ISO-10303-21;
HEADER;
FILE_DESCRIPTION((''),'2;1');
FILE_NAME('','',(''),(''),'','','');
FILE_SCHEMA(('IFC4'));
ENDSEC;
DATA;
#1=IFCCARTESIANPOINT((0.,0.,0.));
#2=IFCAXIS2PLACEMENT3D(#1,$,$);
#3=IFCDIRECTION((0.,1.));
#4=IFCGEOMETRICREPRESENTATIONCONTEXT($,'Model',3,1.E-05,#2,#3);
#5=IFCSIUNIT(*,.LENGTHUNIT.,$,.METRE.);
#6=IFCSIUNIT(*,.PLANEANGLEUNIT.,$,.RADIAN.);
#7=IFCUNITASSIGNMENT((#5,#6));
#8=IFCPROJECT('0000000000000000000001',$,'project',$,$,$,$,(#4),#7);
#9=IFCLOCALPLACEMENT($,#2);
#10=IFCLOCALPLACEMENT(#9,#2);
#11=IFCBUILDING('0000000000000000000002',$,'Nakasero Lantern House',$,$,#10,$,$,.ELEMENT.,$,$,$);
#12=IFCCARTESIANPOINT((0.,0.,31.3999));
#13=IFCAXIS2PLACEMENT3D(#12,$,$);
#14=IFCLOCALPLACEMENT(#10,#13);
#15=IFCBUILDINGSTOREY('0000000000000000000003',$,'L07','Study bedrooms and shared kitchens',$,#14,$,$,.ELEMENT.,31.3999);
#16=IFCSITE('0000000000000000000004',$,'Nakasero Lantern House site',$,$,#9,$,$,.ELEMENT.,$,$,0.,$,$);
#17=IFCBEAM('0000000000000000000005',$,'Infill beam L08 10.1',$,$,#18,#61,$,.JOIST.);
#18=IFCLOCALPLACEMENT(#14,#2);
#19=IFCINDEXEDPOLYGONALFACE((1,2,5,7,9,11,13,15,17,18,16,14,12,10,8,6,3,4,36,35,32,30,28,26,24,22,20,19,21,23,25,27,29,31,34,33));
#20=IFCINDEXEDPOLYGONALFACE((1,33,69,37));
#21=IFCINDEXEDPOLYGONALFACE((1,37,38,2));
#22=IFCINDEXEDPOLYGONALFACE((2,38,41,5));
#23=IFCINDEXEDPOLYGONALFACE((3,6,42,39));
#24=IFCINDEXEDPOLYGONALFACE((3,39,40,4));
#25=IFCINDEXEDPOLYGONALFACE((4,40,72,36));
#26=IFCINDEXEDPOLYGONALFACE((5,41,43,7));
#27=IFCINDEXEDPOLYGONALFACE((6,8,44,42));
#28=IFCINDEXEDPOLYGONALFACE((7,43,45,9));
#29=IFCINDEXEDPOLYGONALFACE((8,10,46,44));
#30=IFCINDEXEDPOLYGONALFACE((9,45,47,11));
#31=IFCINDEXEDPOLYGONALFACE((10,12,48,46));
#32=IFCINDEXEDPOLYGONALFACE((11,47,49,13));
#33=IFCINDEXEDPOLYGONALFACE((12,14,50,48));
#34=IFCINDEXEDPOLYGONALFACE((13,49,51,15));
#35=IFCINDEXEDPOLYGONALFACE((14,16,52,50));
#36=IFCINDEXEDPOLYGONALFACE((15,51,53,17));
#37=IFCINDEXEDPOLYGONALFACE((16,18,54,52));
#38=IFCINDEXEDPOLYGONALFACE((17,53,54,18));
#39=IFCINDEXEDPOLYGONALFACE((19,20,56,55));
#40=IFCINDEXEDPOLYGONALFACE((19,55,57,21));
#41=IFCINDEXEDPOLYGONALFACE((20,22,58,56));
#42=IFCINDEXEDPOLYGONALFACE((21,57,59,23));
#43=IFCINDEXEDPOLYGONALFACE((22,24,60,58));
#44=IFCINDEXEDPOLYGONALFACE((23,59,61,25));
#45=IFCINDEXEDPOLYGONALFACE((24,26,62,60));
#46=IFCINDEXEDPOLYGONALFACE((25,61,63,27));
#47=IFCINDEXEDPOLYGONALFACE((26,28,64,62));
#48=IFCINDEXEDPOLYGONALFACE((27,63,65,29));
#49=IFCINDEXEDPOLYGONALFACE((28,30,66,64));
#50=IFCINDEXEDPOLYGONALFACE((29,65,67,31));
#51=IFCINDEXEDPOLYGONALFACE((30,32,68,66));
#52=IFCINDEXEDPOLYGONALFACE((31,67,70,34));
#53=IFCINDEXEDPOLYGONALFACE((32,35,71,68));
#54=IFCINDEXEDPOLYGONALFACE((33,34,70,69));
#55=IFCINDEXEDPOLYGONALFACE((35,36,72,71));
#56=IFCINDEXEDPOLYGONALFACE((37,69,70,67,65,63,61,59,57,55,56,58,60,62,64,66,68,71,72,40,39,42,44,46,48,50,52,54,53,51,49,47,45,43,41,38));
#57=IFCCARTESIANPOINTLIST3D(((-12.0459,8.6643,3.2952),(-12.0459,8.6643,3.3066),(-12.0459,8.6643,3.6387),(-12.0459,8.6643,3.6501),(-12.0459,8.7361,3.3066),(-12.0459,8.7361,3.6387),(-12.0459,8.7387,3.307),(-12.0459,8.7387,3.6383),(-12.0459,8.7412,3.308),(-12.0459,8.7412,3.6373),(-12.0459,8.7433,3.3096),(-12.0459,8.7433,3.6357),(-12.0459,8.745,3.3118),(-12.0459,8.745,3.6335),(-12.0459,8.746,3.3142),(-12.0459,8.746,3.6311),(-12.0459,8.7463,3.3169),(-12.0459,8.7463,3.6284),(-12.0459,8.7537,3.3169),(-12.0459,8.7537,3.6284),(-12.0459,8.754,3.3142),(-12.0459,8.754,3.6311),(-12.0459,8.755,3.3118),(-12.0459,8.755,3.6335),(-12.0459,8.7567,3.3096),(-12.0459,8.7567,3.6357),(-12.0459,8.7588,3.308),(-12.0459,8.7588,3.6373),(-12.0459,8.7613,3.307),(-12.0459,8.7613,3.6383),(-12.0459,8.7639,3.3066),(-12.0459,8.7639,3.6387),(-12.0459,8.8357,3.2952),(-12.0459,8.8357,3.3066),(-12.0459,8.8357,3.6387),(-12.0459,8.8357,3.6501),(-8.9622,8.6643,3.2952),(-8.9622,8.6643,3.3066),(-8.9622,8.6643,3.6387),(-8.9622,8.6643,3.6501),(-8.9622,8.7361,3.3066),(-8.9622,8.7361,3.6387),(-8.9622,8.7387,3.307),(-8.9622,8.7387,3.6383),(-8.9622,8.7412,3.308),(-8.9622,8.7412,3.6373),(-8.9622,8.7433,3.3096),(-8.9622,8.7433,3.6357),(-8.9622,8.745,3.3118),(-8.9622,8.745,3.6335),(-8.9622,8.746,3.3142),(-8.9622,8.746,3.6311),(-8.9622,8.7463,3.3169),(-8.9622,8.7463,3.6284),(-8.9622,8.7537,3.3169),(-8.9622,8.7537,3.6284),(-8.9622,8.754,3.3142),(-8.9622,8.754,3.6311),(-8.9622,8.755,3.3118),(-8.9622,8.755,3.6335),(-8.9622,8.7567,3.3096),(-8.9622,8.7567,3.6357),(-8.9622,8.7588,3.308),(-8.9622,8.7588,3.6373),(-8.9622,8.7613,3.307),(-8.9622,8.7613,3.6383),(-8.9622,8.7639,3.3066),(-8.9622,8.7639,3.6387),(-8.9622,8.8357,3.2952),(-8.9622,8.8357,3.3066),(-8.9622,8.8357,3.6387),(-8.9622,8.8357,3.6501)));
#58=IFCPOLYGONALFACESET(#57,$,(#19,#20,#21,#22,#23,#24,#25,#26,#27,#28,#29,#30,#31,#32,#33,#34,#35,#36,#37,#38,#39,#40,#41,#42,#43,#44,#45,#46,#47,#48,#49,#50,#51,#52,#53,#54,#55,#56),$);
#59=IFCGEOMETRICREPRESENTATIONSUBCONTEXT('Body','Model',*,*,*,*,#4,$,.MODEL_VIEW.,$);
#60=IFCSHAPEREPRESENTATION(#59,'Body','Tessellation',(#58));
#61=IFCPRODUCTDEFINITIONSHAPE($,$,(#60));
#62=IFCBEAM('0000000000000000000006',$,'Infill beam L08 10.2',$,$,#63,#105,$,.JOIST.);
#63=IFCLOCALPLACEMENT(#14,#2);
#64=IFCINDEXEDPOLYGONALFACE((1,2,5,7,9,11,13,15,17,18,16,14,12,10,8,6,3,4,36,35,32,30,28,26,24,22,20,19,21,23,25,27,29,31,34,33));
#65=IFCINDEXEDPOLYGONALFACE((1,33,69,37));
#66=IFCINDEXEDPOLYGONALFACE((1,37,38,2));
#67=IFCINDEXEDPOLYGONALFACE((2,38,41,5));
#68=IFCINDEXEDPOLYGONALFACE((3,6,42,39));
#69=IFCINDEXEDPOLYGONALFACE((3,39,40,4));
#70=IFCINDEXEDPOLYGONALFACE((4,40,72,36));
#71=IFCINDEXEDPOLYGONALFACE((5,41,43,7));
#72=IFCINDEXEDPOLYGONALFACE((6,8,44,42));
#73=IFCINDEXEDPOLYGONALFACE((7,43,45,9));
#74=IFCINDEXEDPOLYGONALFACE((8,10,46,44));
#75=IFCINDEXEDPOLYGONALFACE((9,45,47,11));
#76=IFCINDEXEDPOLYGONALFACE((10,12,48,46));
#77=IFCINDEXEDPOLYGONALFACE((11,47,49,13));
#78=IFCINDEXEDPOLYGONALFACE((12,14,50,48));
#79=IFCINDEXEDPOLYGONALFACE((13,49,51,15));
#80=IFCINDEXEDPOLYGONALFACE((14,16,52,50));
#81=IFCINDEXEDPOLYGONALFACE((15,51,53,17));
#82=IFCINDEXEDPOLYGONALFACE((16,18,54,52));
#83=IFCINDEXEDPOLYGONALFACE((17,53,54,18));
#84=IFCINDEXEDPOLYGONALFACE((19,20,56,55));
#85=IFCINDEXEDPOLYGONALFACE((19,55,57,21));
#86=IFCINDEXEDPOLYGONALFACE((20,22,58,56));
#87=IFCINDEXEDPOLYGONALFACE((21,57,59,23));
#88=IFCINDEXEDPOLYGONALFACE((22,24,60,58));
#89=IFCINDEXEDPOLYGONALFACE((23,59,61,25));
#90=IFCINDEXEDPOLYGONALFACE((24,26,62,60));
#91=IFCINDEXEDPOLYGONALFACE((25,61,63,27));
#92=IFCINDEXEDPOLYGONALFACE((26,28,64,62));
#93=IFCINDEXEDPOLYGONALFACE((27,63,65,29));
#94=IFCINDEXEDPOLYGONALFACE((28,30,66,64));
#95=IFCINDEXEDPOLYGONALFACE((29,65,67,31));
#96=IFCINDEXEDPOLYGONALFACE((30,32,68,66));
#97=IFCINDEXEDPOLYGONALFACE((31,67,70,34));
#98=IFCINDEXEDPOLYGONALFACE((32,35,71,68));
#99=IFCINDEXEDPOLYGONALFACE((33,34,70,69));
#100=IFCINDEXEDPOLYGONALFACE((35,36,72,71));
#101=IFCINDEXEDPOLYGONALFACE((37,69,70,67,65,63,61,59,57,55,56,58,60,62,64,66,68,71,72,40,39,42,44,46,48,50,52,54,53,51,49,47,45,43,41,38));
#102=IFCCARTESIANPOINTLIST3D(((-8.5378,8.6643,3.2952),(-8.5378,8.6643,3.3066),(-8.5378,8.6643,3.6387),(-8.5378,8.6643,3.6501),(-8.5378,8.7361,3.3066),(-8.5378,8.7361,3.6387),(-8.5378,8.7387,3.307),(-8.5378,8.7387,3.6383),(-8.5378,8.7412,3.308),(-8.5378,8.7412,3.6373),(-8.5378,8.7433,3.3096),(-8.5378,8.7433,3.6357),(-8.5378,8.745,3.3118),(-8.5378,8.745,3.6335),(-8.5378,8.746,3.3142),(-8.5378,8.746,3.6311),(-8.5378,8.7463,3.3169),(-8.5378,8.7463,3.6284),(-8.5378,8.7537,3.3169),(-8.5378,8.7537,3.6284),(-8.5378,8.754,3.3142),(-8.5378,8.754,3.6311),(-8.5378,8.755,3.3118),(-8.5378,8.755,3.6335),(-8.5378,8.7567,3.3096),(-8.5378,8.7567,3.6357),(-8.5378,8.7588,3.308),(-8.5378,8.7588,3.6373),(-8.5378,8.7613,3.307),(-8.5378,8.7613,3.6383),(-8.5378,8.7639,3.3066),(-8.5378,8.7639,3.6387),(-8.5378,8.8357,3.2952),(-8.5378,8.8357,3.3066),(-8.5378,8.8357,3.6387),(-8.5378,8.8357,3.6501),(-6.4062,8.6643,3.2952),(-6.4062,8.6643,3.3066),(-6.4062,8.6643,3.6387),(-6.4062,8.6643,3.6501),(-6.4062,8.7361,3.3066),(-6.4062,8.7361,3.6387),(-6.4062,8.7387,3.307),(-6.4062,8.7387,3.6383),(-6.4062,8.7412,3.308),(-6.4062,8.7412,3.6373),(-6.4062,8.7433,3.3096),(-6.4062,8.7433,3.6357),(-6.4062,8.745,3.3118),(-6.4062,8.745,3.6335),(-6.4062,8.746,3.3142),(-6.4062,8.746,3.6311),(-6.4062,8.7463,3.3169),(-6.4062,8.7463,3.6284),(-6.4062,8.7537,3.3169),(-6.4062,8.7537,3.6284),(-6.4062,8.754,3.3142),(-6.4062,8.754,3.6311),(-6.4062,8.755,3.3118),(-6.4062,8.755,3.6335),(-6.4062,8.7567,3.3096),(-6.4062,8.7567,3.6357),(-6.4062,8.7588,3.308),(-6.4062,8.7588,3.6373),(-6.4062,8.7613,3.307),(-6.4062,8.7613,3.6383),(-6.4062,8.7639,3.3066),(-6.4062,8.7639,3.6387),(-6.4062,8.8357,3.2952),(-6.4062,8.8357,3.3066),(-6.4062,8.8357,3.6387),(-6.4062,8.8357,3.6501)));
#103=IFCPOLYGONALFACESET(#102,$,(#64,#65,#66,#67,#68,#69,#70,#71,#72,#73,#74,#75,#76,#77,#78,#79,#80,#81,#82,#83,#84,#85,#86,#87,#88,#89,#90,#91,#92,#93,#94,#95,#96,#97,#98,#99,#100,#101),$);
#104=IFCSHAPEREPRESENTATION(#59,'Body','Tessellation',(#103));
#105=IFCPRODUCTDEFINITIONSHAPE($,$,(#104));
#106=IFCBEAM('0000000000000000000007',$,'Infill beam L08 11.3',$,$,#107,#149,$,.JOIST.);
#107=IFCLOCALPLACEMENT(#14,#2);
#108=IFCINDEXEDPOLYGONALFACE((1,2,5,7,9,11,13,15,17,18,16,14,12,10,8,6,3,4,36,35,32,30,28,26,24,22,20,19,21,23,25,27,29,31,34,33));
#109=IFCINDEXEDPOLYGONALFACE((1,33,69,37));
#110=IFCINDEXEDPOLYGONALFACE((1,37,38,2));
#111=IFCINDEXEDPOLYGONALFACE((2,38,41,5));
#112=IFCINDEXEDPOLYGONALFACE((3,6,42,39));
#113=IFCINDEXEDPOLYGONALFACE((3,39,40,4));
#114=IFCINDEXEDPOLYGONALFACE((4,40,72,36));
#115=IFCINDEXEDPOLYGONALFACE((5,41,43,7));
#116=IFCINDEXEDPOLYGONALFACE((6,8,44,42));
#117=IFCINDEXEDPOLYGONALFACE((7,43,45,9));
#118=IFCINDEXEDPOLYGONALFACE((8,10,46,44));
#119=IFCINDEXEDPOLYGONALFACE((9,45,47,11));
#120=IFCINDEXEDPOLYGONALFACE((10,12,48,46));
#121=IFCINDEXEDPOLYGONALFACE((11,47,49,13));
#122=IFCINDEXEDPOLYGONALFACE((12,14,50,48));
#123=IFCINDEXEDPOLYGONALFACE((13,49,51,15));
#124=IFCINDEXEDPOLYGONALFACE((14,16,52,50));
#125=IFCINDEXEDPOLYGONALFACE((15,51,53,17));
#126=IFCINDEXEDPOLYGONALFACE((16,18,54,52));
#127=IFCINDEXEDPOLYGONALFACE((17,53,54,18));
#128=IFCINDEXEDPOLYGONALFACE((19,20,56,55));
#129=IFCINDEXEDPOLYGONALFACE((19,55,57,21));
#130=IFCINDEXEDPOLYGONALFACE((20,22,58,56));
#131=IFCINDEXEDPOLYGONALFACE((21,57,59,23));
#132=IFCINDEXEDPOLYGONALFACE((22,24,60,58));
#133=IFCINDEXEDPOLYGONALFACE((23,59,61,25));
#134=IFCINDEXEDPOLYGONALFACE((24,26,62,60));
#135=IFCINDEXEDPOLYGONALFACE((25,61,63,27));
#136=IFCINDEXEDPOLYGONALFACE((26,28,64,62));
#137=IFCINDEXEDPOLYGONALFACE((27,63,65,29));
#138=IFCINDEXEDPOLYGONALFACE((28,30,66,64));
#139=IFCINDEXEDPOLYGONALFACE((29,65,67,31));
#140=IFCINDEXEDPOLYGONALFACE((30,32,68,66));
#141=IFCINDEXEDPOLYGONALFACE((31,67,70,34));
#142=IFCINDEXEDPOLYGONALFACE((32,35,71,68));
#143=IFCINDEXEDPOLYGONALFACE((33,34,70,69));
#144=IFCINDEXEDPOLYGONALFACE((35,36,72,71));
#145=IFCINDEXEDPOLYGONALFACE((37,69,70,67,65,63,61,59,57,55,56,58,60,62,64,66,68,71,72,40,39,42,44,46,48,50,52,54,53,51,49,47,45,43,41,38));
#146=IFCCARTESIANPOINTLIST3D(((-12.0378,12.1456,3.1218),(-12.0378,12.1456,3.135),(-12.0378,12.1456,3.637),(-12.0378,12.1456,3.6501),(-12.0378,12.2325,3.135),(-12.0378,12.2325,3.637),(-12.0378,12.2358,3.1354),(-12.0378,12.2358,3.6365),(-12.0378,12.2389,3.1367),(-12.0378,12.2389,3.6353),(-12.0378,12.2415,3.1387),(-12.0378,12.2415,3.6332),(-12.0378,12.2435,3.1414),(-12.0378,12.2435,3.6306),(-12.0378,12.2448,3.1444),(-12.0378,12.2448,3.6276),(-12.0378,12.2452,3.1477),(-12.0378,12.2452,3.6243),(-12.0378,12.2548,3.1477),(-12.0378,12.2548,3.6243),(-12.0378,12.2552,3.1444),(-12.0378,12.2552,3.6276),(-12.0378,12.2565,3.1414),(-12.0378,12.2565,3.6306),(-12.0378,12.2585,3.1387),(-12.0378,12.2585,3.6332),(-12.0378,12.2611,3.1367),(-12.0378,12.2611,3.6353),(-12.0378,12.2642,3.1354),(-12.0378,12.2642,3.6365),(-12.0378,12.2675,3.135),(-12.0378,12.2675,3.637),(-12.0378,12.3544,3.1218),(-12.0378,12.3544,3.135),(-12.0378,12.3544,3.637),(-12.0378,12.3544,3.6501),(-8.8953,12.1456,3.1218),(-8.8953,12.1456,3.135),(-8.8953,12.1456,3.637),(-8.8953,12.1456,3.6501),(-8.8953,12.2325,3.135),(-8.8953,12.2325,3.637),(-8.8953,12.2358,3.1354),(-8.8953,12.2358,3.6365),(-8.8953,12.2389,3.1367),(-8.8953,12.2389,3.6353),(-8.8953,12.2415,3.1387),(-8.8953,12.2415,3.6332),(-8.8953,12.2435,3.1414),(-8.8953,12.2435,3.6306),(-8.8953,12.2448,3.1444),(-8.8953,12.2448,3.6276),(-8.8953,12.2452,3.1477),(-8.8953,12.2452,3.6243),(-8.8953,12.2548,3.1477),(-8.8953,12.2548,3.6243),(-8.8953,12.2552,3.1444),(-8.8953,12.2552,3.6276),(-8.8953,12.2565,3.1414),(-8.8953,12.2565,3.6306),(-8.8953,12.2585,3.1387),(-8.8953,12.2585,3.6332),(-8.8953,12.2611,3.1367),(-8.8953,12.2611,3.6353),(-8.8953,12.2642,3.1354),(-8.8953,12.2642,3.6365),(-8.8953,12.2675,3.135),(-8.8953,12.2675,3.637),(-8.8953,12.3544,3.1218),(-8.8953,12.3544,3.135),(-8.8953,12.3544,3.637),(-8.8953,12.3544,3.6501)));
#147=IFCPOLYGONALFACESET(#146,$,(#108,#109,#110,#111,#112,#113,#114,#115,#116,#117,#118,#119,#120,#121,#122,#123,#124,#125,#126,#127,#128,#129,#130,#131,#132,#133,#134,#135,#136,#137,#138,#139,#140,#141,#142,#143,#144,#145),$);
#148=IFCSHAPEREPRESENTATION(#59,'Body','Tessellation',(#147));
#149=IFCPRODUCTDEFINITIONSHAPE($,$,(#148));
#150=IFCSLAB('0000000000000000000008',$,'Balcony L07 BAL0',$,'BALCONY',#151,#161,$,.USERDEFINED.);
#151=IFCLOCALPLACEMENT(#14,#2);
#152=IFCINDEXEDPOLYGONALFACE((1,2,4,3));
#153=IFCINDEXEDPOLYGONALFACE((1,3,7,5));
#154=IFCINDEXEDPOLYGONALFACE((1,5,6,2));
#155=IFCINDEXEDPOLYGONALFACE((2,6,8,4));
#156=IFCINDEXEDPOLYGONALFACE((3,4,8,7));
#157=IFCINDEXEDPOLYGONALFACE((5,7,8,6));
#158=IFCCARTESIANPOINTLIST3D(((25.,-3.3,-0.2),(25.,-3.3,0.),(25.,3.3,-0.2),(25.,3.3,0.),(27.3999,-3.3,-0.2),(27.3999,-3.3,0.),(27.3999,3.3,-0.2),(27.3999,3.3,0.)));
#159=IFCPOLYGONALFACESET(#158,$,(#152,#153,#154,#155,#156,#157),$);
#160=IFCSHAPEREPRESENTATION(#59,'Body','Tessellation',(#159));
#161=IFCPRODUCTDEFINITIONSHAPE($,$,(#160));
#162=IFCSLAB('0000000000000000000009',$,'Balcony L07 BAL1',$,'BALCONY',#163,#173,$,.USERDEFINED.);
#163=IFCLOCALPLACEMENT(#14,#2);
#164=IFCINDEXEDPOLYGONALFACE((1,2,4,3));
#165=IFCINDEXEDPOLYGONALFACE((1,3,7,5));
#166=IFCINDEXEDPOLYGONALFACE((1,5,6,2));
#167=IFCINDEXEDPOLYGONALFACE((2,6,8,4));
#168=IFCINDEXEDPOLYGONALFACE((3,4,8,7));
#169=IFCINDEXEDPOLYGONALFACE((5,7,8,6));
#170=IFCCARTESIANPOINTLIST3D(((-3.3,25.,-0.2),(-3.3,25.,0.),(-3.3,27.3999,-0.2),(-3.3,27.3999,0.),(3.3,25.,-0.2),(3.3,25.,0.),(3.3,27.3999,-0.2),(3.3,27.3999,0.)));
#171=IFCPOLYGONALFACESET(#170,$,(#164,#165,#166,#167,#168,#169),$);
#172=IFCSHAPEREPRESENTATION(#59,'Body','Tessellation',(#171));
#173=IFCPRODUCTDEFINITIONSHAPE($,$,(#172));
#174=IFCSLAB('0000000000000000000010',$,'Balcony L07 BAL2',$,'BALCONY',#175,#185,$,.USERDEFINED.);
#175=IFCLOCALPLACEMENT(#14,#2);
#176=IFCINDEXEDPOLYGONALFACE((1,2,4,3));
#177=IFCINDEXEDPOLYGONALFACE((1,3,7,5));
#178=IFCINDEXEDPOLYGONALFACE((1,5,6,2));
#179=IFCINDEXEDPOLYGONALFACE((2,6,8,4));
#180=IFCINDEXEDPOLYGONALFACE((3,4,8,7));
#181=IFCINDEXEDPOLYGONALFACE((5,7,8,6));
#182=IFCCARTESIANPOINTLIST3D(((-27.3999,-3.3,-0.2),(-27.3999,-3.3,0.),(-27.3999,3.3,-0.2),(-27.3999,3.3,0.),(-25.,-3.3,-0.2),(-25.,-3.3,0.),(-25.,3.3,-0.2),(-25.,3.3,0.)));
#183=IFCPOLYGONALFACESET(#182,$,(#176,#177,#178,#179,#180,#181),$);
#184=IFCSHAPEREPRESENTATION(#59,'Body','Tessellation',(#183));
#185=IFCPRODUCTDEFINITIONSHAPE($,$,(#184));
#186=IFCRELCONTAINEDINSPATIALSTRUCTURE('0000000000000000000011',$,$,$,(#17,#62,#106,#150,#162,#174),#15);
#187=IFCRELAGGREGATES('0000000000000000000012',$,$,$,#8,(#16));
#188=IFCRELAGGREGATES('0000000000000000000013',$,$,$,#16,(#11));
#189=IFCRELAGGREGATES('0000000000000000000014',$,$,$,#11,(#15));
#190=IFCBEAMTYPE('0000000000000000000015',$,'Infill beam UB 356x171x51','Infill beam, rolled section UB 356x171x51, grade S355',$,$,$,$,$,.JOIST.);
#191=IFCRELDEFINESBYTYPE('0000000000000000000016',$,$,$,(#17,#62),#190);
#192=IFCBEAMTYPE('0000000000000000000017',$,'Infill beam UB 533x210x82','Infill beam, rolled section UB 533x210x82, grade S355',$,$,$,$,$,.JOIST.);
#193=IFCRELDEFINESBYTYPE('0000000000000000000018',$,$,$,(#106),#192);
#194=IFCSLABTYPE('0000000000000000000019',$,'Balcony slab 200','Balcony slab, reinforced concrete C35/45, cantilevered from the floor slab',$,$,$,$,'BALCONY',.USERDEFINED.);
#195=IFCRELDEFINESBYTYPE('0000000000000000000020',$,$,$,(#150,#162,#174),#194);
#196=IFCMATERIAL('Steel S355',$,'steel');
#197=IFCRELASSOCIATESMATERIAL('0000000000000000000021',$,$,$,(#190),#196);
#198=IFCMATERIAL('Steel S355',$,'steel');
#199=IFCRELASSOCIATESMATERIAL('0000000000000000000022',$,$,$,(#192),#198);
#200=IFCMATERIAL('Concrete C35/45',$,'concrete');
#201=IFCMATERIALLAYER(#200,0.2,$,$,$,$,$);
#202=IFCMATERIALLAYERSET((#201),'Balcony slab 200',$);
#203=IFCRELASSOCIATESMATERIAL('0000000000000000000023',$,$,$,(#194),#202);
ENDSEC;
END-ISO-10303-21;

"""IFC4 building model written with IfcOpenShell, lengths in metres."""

from ifc_helpers import new_model, si_unit, direction, frame, origin, origin_2d, place, context, subcontext, project, spatial, polyline, i_section, outline, extrude, material, layer, layer_set, material_profile, profile_set, type_object, element, save


model = new_model("IFC4")

# Units and contexts
model_context = context("Model", 3, precision=1e-05, world=origin(), true_north=direction((0.0, 1.0)))
body_context = subcontext(model_context, "Body", "Model", "MODEL_VIEW")
ifc_project = project(units=[si_unit("LENGTHUNIT", "METRE"), si_unit("PLANEANGLEUNIT", "RADIAN")], contexts=[model_context])

# Site, building, storey
site_placement = place(None, origin())
site = spatial("IfcSite", under=ifc_project, at=site_placement, Name="Nakasero Lantern House site", CompositionType="ELEMENT", RefElevation=0.0)
building_placement = place(site_placement, origin())
building = spatial("IfcBuilding", under=site, at=building_placement, Name="Nakasero Lantern House", CompositionType="ELEMENT")
storey_placement = place(building_placement, frame((0.0, 0.0, 31.3999)))
storey = spatial("IfcBuildingStorey", under=building, at=storey_placement, Name="L07", Description="Study bedrooms and shared kitchens", CompositionType="ELEMENT", Elevation=31.3999)

# Beams
ifc_material_1 = material(Name="Steel S355", Category="steel")
ifc_material_profile_1 = material_profile(ifc_material_1, i_section(OverallWidth=0.1714, OverallDepth=0.355, WebThickness=0.0073, FlangeThickness=0.0115, FilletRadius=0.0103, at=origin_2d()), Name="UB 356x171x51")
ifc_profile_set_1 = profile_set([ifc_material_profile_1], Name="Steel S355")
beam_type_1 = type_object("IfcBeamType", Name="Infill beam UB 356x171x51", Description="Infill beam, rolled section UB 356x171x51, grade S355", PredefinedType="JOIST", material=ifc_profile_set_1)
beam_1_placement = place(storey_placement, frame((-12.0459, 8.75, 3.4727), z_axis=(1.0, 0.0, 0.0), x_axis=(0.0, 1.0, 0.0)))
element("IfcBeam", 1, at=beam_1_placement, inside=storey, type_object=beam_type_1, Name="Infill beam L08 10.1", PredefinedType="JOIST", context=body_context, shape_type="SweptSolid", body=[
    extrude(i_section(OverallWidth=0.1714, OverallDepth=0.355, WebThickness=0.0073, FlangeThickness=0.0115, FilletRadius=0.0103, at=origin_2d()), origin(), (0.0, 0.0, 1.0), 3.0837),
])
beam_2_placement = place(storey_placement, frame((-8.5378, 8.75, 3.4727), z_axis=(1.0, 0.0, 0.0), x_axis=(0.0, 1.0, 0.0)))
element("IfcBeam", 2, at=beam_2_placement, inside=storey, type_object=beam_type_1, Name="Infill beam L08 10.2", PredefinedType="JOIST", context=body_context, shape_type="SweptSolid", body=[
    extrude(i_section(OverallWidth=0.1714, OverallDepth=0.355, WebThickness=0.0073, FlangeThickness=0.0115, FilletRadius=0.0103, at=origin_2d()), origin(), (0.0, 0.0, 1.0), 2.1316),
])
ifc_material_2 = material(Name="Steel S355", Category="steel")
ifc_material_profile_2 = material_profile(ifc_material_2, i_section(OverallWidth=0.2087, OverallDepth=0.5283, WebThickness=0.0095, FlangeThickness=0.0132, FilletRadius=0.0127, at=origin_2d()), Name="UB 533x210x82")
ifc_profile_set_2 = profile_set([ifc_material_profile_2], Name="Steel S355")
beam_type_2 = type_object("IfcBeamType", Name="Infill beam UB 533x210x82", Description="Infill beam, rolled section UB 533x210x82, grade S355", PredefinedType="JOIST", material=ifc_profile_set_2)
beam_3_placement = place(storey_placement, frame((-12.0378, 12.25, 3.386), z_axis=(1.0, 0.0, 0.0), x_axis=(0.0, 1.0, 0.0)))
element("IfcBeam", 3, at=beam_3_placement, inside=storey, type_object=beam_type_2, Name="Infill beam L08 11.3", PredefinedType="JOIST", context=body_context, shape_type="SweptSolid", body=[
    extrude(i_section(OverallWidth=0.2087, OverallDepth=0.5283, WebThickness=0.0095, FlangeThickness=0.0132, FilletRadius=0.0127, at=origin_2d()), origin(), (0.0, 0.0, 1.0), 3.1426),
])

# Slabs
ifc_material_3 = material(Name="Concrete C35/45", Category="concrete")
ifc_layer_1 = layer(ifc_material_3, 0.2)
ifc_layer_set_1 = layer_set([ifc_layer_1], Name="Balcony slab 200")
slab_type_1 = type_object("IfcSlabType", Name="Balcony slab 200", Description="Balcony slab, reinforced concrete C35/45, cantilevered from the floor slab", ElementType="BALCONY", PredefinedType="USERDEFINED", material=ifc_layer_set_1)
slab_1_placement = place(storey_placement, frame((0.0, 0.0, -0.2)))
element("IfcSlab", 4, at=slab_1_placement, inside=storey, type_object=slab_type_1, Name="Balcony L07 BAL0", ObjectType="BALCONY", PredefinedType="USERDEFINED", context=body_context, shape_type="SweptSolid", body=[
    extrude(outline(polyline([(25.0, -3.3), (27.3999, -3.3), (27.3999, 3.3), (25.0, 3.3), (25.0, -3.3)])), origin(), (0.0, 0.0, 1.0), 0.2),
])
slab_2_placement = place(storey_placement, frame((0.0, 0.0, -0.2)))
element("IfcSlab", 5, at=slab_2_placement, inside=storey, type_object=slab_type_1, Name="Balcony L07 BAL1", ObjectType="BALCONY", PredefinedType="USERDEFINED", context=body_context, shape_type="SweptSolid", body=[
    extrude(outline(polyline([(3.3, 25.0), (3.3, 27.3999), (-3.3, 27.3999), (-3.3, 25.0), (3.3, 25.0)])), origin(), (0.0, 0.0, 1.0), 0.2),
])
slab_3_placement = place(storey_placement, frame((0.0, 0.0, -0.2)))
element("IfcSlab", 6, at=slab_3_placement, inside=storey, type_object=slab_type_1, Name="Balcony L07 BAL2", ObjectType="BALCONY", PredefinedType="USERDEFINED", context=body_context, shape_type="SweptSolid", body=[
    extrude(outline(polyline([(-25.0, 3.3), (-27.3999, 3.3), (-27.3999, -3.3), (-25.0, -3.3), (-25.0, 3.3)])), origin(), (0.0, 0.0, 1.0), 0.2),
])

save(model, "model.ifc")
